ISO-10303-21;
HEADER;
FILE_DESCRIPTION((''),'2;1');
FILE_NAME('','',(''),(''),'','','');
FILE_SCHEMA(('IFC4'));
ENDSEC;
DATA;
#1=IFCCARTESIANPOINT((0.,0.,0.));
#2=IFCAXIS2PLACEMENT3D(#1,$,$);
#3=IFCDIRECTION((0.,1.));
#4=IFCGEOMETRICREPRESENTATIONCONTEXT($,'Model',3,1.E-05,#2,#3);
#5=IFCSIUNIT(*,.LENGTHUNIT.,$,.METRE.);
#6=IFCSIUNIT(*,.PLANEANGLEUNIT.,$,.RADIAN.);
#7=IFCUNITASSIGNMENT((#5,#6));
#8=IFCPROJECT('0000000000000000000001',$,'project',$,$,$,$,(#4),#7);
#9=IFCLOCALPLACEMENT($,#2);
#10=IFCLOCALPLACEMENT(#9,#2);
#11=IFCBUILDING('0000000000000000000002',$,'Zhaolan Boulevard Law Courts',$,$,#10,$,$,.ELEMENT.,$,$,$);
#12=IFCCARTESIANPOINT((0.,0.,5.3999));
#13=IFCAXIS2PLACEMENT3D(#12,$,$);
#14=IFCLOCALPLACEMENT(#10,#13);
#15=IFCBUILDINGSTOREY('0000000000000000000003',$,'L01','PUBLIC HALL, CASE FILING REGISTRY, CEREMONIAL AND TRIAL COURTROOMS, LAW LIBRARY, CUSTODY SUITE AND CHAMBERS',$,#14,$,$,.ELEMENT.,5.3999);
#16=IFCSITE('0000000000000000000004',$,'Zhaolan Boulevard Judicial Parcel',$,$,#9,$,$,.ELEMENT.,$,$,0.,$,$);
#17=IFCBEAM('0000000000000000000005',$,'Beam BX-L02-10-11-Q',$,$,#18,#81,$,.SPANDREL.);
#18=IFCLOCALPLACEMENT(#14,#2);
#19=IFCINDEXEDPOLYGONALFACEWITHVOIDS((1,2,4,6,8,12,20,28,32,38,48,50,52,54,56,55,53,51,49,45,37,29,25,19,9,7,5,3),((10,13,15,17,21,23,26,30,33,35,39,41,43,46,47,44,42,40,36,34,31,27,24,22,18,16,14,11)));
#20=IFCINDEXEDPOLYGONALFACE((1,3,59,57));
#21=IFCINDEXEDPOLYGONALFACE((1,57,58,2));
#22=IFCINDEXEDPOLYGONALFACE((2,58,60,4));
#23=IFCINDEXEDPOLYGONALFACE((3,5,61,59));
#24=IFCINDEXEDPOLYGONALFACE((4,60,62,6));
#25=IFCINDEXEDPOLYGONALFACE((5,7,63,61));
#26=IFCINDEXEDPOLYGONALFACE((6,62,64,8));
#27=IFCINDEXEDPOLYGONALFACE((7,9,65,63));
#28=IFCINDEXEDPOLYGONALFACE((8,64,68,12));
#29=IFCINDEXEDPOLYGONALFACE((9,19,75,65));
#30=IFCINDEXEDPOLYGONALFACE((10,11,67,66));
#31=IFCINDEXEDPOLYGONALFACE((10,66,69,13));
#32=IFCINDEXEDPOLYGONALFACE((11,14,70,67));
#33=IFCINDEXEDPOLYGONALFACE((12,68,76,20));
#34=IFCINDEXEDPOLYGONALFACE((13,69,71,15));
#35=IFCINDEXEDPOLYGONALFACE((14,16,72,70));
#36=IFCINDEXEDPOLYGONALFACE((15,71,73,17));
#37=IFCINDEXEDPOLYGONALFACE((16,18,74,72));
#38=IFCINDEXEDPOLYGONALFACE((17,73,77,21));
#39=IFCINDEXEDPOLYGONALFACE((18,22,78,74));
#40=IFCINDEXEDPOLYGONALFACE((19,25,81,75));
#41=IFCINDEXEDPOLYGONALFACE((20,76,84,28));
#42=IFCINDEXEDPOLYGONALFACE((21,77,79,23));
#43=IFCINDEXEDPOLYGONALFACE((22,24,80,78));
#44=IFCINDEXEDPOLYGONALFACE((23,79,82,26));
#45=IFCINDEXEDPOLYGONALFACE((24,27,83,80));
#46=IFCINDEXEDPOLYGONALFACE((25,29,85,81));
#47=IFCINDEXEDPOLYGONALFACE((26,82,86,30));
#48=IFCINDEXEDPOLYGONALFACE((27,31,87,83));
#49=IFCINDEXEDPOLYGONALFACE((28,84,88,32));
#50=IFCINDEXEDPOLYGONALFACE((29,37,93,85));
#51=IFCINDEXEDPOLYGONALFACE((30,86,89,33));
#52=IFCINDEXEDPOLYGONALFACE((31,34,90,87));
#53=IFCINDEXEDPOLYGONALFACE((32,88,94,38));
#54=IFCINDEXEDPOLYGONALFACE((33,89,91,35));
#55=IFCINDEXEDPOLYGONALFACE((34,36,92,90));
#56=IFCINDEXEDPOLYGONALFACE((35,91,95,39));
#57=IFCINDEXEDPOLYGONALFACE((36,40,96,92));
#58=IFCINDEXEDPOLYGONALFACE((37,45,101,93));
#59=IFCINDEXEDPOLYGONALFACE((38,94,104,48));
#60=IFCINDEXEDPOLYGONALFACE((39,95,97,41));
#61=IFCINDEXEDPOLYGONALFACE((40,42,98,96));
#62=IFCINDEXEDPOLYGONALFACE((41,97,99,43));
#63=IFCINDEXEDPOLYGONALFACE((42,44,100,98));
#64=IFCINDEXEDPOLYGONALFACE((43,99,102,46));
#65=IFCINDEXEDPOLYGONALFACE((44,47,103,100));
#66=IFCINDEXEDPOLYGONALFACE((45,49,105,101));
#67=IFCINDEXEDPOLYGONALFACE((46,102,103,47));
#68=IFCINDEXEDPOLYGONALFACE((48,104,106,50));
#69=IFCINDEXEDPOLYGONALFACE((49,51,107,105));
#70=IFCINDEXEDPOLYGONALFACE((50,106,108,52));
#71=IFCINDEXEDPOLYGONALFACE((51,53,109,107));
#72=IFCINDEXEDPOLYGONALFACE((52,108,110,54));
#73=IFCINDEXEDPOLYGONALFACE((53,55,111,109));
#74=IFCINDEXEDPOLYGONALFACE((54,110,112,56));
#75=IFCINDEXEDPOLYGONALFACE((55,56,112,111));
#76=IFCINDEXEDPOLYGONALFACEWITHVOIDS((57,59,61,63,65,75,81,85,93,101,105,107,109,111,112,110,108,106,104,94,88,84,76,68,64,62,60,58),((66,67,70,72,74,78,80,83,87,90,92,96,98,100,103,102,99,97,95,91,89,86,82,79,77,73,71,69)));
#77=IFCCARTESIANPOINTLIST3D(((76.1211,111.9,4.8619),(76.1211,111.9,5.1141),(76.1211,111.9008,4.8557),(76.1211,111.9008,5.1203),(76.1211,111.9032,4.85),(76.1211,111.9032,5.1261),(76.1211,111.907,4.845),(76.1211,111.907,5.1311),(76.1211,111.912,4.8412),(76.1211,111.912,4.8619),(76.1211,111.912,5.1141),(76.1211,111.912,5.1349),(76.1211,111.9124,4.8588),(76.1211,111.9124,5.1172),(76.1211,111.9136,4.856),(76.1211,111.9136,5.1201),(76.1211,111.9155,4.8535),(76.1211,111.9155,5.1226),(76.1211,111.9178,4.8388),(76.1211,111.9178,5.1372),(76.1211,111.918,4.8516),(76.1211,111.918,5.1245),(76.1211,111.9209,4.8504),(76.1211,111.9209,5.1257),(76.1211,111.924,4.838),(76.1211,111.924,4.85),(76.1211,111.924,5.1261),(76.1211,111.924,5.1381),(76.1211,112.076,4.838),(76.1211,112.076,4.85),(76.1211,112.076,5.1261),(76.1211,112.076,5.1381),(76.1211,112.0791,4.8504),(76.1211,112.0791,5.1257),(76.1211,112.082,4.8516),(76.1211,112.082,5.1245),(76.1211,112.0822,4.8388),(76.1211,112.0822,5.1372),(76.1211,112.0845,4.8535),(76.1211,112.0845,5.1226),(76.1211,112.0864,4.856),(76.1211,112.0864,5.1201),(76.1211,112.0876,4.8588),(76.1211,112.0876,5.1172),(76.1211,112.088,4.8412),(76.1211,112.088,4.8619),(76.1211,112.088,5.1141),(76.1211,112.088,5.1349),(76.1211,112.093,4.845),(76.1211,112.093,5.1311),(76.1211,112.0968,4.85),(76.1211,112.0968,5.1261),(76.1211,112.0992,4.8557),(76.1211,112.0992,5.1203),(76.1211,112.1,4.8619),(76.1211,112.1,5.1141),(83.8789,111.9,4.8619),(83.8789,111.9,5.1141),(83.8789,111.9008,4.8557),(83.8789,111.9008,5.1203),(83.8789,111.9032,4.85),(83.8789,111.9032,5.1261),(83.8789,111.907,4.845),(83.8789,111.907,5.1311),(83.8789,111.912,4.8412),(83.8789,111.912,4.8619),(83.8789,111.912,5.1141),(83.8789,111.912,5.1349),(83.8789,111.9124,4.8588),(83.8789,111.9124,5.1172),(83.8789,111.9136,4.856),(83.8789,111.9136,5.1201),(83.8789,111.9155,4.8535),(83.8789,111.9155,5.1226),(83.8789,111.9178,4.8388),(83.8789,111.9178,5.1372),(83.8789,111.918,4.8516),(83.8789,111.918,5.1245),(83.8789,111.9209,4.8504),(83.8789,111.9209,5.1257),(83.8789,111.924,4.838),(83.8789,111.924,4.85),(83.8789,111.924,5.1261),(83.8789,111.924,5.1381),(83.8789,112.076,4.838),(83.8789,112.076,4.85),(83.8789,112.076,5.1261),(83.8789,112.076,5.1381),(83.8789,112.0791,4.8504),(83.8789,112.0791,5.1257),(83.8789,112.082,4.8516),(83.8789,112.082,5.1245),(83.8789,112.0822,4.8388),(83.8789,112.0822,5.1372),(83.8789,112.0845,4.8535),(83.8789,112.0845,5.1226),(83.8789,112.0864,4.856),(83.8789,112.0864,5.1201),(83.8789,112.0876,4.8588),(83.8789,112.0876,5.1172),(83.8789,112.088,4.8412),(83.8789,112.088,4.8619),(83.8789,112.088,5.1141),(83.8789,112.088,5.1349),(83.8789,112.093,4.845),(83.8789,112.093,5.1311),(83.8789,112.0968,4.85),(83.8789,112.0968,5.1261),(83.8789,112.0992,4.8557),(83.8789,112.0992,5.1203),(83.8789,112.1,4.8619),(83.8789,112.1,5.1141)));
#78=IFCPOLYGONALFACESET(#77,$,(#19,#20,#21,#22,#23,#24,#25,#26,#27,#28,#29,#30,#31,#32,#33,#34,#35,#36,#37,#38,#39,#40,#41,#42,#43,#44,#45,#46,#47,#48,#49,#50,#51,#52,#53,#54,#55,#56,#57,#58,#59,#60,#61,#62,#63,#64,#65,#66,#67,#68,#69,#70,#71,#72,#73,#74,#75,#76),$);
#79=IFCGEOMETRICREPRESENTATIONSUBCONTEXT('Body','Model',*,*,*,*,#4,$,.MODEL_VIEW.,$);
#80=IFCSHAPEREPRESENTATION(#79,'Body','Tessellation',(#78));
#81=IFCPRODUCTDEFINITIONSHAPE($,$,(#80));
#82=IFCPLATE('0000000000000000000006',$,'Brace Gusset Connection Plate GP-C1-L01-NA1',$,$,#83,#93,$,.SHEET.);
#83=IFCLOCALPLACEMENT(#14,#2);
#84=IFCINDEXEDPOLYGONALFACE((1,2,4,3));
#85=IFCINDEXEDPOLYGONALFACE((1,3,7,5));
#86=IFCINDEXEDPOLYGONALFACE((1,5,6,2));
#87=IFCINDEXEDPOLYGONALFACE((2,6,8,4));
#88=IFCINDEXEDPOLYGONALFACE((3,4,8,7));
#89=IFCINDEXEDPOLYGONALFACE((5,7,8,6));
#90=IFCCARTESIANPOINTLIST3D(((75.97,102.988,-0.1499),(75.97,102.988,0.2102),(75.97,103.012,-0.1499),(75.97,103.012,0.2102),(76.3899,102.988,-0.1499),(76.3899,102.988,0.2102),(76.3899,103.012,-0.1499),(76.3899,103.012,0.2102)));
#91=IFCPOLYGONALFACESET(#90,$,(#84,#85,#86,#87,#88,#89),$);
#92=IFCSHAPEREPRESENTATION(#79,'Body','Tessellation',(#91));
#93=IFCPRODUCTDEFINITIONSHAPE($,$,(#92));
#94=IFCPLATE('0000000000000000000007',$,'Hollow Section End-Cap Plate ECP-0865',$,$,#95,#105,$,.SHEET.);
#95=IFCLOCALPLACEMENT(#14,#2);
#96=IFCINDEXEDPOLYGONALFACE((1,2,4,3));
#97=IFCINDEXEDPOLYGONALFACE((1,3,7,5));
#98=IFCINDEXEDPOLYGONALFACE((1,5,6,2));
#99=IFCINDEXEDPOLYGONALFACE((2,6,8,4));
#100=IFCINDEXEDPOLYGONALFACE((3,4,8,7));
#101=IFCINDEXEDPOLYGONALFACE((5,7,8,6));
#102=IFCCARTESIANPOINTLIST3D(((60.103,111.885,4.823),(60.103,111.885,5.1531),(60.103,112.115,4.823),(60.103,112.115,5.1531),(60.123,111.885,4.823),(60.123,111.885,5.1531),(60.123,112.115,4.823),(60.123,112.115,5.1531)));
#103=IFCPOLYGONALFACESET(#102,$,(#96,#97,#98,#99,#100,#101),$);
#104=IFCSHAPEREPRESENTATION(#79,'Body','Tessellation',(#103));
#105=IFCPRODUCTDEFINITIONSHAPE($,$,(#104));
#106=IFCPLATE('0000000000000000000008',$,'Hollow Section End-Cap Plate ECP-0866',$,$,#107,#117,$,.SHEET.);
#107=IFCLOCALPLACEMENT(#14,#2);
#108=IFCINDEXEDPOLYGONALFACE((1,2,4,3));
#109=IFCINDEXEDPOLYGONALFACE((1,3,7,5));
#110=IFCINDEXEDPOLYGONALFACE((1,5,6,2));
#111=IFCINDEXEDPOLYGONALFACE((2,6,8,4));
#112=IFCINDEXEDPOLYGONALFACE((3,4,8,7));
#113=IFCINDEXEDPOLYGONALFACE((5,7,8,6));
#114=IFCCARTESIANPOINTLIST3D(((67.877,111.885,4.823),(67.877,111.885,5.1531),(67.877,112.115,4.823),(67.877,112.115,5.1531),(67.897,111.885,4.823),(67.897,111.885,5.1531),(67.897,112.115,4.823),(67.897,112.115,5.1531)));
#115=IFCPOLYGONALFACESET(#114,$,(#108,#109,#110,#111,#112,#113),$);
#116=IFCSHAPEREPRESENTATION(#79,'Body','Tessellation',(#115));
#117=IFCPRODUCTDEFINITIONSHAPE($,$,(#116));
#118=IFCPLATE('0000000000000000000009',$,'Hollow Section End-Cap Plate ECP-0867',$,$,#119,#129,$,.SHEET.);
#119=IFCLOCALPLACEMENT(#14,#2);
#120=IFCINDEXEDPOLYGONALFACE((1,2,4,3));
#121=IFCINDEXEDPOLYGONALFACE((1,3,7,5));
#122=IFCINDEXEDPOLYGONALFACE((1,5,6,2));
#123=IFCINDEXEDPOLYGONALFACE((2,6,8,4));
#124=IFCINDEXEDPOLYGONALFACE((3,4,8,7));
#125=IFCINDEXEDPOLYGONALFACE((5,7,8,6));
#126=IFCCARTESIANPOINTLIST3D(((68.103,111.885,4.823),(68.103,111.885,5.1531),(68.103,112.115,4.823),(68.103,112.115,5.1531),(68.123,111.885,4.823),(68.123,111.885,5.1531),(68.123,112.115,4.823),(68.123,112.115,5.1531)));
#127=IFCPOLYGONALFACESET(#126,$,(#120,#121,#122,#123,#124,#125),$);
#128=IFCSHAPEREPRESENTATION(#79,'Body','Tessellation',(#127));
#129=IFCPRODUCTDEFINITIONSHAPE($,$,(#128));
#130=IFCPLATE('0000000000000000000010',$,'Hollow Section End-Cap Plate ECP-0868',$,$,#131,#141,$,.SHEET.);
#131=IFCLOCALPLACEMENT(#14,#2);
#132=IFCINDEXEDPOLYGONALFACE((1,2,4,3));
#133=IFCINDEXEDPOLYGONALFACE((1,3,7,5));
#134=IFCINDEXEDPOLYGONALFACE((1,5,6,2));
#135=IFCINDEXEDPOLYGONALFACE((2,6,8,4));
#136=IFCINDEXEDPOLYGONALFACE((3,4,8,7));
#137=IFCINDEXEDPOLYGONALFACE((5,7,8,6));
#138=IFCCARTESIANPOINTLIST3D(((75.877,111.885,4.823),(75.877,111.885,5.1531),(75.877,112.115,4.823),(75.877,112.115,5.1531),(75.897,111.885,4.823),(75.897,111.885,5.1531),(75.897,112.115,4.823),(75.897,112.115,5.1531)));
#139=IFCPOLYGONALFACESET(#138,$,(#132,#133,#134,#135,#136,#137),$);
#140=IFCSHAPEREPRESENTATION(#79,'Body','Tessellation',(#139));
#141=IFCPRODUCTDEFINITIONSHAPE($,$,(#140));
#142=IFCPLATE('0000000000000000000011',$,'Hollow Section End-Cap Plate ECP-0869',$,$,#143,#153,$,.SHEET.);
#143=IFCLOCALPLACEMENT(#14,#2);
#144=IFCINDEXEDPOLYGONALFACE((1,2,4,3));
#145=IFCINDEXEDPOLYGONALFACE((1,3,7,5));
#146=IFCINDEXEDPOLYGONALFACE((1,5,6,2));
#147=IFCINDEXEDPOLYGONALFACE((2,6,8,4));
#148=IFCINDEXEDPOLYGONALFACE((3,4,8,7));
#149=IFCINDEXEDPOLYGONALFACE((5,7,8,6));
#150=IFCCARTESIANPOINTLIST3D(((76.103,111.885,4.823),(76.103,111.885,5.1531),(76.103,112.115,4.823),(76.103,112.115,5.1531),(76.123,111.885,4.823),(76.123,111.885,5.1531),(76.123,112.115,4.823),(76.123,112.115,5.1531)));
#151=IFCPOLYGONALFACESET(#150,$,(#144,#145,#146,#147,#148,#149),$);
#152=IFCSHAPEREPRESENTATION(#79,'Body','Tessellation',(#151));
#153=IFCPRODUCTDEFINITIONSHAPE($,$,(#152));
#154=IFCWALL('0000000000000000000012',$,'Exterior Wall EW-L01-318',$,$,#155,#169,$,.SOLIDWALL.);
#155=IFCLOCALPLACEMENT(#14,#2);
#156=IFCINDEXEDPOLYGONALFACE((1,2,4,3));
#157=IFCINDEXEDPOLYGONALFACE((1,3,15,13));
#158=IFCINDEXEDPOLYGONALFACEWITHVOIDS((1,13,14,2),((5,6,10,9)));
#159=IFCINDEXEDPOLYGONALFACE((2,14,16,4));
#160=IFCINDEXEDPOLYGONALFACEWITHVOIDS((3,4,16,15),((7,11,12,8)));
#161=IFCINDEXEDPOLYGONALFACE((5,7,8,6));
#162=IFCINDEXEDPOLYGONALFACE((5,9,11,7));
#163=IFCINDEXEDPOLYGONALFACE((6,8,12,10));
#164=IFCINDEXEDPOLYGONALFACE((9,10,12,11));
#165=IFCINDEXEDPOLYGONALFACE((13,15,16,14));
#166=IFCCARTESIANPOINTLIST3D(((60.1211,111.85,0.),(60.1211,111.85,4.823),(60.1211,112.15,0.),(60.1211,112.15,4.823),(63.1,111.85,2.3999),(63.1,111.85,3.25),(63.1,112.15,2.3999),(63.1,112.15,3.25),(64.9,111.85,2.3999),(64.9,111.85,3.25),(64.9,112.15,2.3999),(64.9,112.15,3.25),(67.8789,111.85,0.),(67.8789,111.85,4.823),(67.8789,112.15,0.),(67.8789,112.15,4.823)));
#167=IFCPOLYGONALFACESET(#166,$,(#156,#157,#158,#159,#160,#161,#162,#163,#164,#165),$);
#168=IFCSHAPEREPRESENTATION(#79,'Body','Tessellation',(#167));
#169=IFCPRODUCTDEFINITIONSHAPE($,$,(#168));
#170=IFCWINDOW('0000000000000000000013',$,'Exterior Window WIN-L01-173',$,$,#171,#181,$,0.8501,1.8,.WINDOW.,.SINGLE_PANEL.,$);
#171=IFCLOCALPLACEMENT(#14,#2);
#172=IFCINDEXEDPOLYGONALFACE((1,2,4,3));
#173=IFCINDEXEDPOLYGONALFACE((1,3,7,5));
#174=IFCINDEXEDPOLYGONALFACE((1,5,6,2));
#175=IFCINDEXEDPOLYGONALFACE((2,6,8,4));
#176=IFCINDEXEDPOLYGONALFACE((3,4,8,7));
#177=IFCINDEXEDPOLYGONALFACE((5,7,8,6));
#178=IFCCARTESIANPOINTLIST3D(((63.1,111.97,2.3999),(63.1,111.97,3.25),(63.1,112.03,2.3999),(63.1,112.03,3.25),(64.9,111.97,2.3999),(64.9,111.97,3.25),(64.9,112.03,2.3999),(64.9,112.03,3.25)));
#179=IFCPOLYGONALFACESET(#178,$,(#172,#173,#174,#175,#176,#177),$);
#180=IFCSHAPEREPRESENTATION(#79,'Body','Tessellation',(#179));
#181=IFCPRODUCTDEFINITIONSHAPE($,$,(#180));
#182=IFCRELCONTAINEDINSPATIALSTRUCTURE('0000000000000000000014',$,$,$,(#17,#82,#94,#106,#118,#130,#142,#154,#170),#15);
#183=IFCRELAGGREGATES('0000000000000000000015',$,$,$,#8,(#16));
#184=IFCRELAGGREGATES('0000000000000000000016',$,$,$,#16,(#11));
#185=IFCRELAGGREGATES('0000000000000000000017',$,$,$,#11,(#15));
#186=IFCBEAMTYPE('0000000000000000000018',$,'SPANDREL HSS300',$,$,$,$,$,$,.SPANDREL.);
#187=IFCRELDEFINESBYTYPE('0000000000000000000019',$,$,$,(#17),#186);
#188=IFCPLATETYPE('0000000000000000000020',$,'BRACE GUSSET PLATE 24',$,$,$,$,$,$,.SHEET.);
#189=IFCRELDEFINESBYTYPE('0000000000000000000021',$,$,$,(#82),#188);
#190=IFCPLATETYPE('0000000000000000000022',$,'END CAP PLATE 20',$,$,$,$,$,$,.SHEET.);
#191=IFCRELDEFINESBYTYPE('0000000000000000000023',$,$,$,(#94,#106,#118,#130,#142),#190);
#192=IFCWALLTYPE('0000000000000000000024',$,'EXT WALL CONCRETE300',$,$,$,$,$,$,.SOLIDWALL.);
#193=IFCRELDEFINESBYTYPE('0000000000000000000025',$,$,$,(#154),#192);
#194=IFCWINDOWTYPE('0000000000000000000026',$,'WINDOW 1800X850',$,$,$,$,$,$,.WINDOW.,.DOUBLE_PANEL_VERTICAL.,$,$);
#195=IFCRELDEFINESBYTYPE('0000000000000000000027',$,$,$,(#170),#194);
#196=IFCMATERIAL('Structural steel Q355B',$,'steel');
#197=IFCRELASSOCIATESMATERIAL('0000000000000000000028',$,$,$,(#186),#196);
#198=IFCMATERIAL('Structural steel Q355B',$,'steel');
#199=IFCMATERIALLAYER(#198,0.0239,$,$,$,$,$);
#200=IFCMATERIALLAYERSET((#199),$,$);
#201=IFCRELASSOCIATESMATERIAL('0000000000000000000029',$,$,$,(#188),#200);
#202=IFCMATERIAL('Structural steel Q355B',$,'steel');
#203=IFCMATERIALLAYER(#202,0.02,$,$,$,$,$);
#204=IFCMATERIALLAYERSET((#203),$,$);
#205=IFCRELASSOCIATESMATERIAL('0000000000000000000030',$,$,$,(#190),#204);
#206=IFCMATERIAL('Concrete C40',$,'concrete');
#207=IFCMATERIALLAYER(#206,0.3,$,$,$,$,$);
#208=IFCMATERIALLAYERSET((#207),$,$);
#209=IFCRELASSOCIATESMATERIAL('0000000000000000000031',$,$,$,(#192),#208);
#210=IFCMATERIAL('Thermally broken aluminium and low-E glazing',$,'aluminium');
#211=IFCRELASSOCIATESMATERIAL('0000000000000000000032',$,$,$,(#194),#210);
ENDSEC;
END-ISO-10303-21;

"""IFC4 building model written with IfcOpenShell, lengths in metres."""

from ifc_helpers import new_model, si_unit, direction, frame, frame_2d, origin, origin_2d, place, context, subcontext, project, spatial, rectangle, hollow_rectangle, extrude, material, layer, layer_set, material_profile, profile_set, type_object, element, fill, save


model = new_model("IFC4")

# Units and contexts
model_context = context("Model", 3, precision=1e-05, world=origin(), true_north=direction((0.0, 1.0)))
body_context = subcontext(model_context, "Body", "Model", "MODEL_VIEW")
ifc_project = project(units=[si_unit("LENGTHUNIT", "METRE"), si_unit("PLANEANGLEUNIT", "RADIAN")], contexts=[model_context])

# Site, building, storey
site_placement = place(None, origin())
site = spatial("IfcSite", under=ifc_project, at=site_placement, Name="Zhaolan Boulevard Judicial Parcel", CompositionType="ELEMENT", RefElevation=0.0)
building_placement = place(site_placement, origin())
building = spatial("IfcBuilding", under=site, at=building_placement, Name="Zhaolan Boulevard Law Courts", CompositionType="ELEMENT")
storey_placement = place(building_placement, frame((0.0, 0.0, 5.3999)))
storey = spatial("IfcBuildingStorey", under=building, at=storey_placement, Name="L01", Description="PUBLIC HALL, CASE FILING REGISTRY, CEREMONIAL AND TRIAL COURTROOMS, LAW LIBRARY, CUSTODY SUITE AND CHAMBERS", CompositionType="ELEMENT", Elevation=5.3999)

# Beam
ifc_material_1 = material(Name="Structural steel Q355B", Category="steel")
ifc_material_profile_1 = material_profile(ifc_material_1, hollow_rectangle(XDim=0.2, YDim=0.3, WallThickness=0.012, InnerFilletRadius=0.012, OuterFilletRadius=0.0239, at=origin_2d()), Name="HSS300x200x12")
ifc_profile_set_1 = profile_set([ifc_material_profile_1], Name="Structural steel Q355B")
beam_type_1 = type_object("IfcBeamType", Name="SPANDREL HSS300", PredefinedType="SPANDREL", material=ifc_profile_set_1)
for number, where, z_axis, x_axis, name in (
    (1, (76.1211, 112.0, 4.988), (1.0, 0.0, 0.0), (0.0, 1.0, 0.0), "Beam BX-L02-10-11-Q"),
):
    element("IfcBeam", number, at=place(storey_placement, frame(where, z_axis=z_axis, x_axis=x_axis)), inside=storey, type_object=beam_type_1, Name=name, PredefinedType="SPANDREL", context=body_context, shape_type="SweptSolid", body=[
        extrude(hollow_rectangle(XDim=0.2, YDim=0.3, WallThickness=0.012, InnerFilletRadius=0.012, OuterFilletRadius=0.0239, at=origin_2d()), origin(), (0.0, 0.0, 1.0), 7.7578),
    ])

# Plates
ifc_material_2 = material(Name="Structural steel Q355B", Category="steel")
ifc_layer_1 = layer(ifc_material_2, 0.0239)
ifc_layer_set_1 = layer_set([ifc_layer_1])
plate_type_1 = type_object("IfcPlateType", Name="BRACE GUSSET PLATE 24", PredefinedType="SHEET", material=ifc_layer_set_1)
plate_placement = place(storey_placement, frame((76.1799, 103.0, -0.1499), z_axis=(0.0, 0.0, 1.0), x_axis=(1.0, 0.0, 0.0)))
element("IfcPlate", 2, at=plate_placement, inside=storey, type_object=plate_type_1, Name="Brace Gusset Connection Plate GP-C1-L01-NA1", PredefinedType="SHEET", context=body_context, shape_type="SweptSolid", body=[
    extrude(rectangle(XDim=0.4199, YDim=0.0239, at=origin_2d()), origin(), (0.0, 0.0, 1.0), 0.3601),
])
ifc_material_3 = material(Name="Structural steel Q355B", Category="steel")
ifc_layer_2 = layer(ifc_material_3, 0.02)
ifc_layer_set_2 = layer_set([ifc_layer_2])
plate_type_2 = type_object("IfcPlateType", Name="END CAP PLATE 20", PredefinedType="SHEET", material=ifc_layer_set_2)
for number, where, z_axis, x_axis, name in (
    (3, (60.113, 112.0, 4.823), (0.0, 0.0, 1.0), (1.0, 0.0, 0.0), "Hollow Section End-Cap Plate ECP-0865"),
    (4, (67.887, 112.0, 4.823), (0.0, 0.0, 1.0), (1.0, 0.0, 0.0), "Hollow Section End-Cap Plate ECP-0866"),
    (5, (68.113, 112.0, 4.823), (0.0, 0.0, 1.0), (1.0, 0.0, 0.0), "Hollow Section End-Cap Plate ECP-0867"),
    (6, (75.887, 112.0, 4.823), (0.0, 0.0, 1.0), (1.0, 0.0, 0.0), "Hollow Section End-Cap Plate ECP-0868"),
    (7, (76.113, 112.0, 4.823), (0.0, 0.0, 1.0), (1.0, 0.0, 0.0), "Hollow Section End-Cap Plate ECP-0869"),
):
    element("IfcPlate", number, at=place(storey_placement, frame(where, z_axis=z_axis, x_axis=x_axis)), inside=storey, type_object=plate_type_2, Name=name, PredefinedType="SHEET", context=body_context, shape_type="SweptSolid", body=[
        extrude(rectangle(XDim=0.02, YDim=0.23, at=origin_2d()), origin(), (0.0, 0.0, 1.0), 0.3301),
    ])

# Wall, opening, window
ifc_material_4 = material(Name="Concrete C40", Category="concrete")
ifc_layer_3 = layer(ifc_material_4, 0.3)
ifc_layer_set_3 = layer_set([ifc_layer_3])
wall_type = type_object("IfcWallType", Name="EXT WALL CONCRETE300", PredefinedType="SOLIDWALL", material=ifc_layer_set_3)
wall_1_placement = place(storey_placement, frame((67.8789, 112.0, 0.0), z_axis=(0.0, 0.0, 1.0), x_axis=(-1.0, 0.0, 0.0)))
wall_1 = element("IfcWall", 8, at=wall_1_placement, inside=storey, type_object=wall_type, Name="Exterior Wall EW-L01-318", PredefinedType="SOLIDWALL", context=body_context, shape_type="SweptSolid", body=[
    extrude(rectangle(XDim=7.7578, YDim=0.3, at=frame_2d((3.8789, 0.0))), origin(), (0.0, 0.0, 1.0), 4.823),
])
opening_1_placement = place(wall_1_placement, frame((2.979, 0.0, 2.3999)))
opening_1 = element("IfcOpeningElement", 9, at=opening_1_placement, cuts=wall_1, PredefinedType="OPENING", context=body_context, shape_type="SweptSolid", body=[
    extrude(rectangle(XDim=1.8, YDim=0.8501, at=frame_2d((0.8999, 0.425))), frame((0.0, 0.1599, 0.0), z_axis=(0.0, -1.0, 0.0), x_axis=(1.0, 0.0, 0.0)), (0.0, 0.0, 1.0), 0.3201),
])
ifc_material_5 = material(Name="Thermally broken aluminium and low-E glazing", Category="aluminium")
window_type_1 = type_object("IfcWindowType", Name="WINDOW 1800X850", PartitioningType="DOUBLE_PANEL_VERTICAL", PredefinedType="WINDOW", material=ifc_material_5)
window_1_placement = place(opening_1_placement, origin())
window_1 = element("IfcWindow", 10, at=window_1_placement, inside=storey, type_object=window_type_1, Name="Exterior Window WIN-L01-173", OverallHeight=0.8501, OverallWidth=1.8, PartitioningType="SINGLE_PANEL", PredefinedType="WINDOW", context=body_context, shape_type="SweptSolid", body=[
    extrude(rectangle(XDim=1.8, YDim=0.8501, at=frame_2d((0.8999, 0.425))), frame((0.0, 0.03, 0.0), z_axis=(0.0, -1.0, 0.0), x_axis=(1.0, 0.0, 0.0)), (0.0, 0.0, 1.0), 0.0601),
])
fill(opening_1, window_1)

save(model, "model.ifc")
